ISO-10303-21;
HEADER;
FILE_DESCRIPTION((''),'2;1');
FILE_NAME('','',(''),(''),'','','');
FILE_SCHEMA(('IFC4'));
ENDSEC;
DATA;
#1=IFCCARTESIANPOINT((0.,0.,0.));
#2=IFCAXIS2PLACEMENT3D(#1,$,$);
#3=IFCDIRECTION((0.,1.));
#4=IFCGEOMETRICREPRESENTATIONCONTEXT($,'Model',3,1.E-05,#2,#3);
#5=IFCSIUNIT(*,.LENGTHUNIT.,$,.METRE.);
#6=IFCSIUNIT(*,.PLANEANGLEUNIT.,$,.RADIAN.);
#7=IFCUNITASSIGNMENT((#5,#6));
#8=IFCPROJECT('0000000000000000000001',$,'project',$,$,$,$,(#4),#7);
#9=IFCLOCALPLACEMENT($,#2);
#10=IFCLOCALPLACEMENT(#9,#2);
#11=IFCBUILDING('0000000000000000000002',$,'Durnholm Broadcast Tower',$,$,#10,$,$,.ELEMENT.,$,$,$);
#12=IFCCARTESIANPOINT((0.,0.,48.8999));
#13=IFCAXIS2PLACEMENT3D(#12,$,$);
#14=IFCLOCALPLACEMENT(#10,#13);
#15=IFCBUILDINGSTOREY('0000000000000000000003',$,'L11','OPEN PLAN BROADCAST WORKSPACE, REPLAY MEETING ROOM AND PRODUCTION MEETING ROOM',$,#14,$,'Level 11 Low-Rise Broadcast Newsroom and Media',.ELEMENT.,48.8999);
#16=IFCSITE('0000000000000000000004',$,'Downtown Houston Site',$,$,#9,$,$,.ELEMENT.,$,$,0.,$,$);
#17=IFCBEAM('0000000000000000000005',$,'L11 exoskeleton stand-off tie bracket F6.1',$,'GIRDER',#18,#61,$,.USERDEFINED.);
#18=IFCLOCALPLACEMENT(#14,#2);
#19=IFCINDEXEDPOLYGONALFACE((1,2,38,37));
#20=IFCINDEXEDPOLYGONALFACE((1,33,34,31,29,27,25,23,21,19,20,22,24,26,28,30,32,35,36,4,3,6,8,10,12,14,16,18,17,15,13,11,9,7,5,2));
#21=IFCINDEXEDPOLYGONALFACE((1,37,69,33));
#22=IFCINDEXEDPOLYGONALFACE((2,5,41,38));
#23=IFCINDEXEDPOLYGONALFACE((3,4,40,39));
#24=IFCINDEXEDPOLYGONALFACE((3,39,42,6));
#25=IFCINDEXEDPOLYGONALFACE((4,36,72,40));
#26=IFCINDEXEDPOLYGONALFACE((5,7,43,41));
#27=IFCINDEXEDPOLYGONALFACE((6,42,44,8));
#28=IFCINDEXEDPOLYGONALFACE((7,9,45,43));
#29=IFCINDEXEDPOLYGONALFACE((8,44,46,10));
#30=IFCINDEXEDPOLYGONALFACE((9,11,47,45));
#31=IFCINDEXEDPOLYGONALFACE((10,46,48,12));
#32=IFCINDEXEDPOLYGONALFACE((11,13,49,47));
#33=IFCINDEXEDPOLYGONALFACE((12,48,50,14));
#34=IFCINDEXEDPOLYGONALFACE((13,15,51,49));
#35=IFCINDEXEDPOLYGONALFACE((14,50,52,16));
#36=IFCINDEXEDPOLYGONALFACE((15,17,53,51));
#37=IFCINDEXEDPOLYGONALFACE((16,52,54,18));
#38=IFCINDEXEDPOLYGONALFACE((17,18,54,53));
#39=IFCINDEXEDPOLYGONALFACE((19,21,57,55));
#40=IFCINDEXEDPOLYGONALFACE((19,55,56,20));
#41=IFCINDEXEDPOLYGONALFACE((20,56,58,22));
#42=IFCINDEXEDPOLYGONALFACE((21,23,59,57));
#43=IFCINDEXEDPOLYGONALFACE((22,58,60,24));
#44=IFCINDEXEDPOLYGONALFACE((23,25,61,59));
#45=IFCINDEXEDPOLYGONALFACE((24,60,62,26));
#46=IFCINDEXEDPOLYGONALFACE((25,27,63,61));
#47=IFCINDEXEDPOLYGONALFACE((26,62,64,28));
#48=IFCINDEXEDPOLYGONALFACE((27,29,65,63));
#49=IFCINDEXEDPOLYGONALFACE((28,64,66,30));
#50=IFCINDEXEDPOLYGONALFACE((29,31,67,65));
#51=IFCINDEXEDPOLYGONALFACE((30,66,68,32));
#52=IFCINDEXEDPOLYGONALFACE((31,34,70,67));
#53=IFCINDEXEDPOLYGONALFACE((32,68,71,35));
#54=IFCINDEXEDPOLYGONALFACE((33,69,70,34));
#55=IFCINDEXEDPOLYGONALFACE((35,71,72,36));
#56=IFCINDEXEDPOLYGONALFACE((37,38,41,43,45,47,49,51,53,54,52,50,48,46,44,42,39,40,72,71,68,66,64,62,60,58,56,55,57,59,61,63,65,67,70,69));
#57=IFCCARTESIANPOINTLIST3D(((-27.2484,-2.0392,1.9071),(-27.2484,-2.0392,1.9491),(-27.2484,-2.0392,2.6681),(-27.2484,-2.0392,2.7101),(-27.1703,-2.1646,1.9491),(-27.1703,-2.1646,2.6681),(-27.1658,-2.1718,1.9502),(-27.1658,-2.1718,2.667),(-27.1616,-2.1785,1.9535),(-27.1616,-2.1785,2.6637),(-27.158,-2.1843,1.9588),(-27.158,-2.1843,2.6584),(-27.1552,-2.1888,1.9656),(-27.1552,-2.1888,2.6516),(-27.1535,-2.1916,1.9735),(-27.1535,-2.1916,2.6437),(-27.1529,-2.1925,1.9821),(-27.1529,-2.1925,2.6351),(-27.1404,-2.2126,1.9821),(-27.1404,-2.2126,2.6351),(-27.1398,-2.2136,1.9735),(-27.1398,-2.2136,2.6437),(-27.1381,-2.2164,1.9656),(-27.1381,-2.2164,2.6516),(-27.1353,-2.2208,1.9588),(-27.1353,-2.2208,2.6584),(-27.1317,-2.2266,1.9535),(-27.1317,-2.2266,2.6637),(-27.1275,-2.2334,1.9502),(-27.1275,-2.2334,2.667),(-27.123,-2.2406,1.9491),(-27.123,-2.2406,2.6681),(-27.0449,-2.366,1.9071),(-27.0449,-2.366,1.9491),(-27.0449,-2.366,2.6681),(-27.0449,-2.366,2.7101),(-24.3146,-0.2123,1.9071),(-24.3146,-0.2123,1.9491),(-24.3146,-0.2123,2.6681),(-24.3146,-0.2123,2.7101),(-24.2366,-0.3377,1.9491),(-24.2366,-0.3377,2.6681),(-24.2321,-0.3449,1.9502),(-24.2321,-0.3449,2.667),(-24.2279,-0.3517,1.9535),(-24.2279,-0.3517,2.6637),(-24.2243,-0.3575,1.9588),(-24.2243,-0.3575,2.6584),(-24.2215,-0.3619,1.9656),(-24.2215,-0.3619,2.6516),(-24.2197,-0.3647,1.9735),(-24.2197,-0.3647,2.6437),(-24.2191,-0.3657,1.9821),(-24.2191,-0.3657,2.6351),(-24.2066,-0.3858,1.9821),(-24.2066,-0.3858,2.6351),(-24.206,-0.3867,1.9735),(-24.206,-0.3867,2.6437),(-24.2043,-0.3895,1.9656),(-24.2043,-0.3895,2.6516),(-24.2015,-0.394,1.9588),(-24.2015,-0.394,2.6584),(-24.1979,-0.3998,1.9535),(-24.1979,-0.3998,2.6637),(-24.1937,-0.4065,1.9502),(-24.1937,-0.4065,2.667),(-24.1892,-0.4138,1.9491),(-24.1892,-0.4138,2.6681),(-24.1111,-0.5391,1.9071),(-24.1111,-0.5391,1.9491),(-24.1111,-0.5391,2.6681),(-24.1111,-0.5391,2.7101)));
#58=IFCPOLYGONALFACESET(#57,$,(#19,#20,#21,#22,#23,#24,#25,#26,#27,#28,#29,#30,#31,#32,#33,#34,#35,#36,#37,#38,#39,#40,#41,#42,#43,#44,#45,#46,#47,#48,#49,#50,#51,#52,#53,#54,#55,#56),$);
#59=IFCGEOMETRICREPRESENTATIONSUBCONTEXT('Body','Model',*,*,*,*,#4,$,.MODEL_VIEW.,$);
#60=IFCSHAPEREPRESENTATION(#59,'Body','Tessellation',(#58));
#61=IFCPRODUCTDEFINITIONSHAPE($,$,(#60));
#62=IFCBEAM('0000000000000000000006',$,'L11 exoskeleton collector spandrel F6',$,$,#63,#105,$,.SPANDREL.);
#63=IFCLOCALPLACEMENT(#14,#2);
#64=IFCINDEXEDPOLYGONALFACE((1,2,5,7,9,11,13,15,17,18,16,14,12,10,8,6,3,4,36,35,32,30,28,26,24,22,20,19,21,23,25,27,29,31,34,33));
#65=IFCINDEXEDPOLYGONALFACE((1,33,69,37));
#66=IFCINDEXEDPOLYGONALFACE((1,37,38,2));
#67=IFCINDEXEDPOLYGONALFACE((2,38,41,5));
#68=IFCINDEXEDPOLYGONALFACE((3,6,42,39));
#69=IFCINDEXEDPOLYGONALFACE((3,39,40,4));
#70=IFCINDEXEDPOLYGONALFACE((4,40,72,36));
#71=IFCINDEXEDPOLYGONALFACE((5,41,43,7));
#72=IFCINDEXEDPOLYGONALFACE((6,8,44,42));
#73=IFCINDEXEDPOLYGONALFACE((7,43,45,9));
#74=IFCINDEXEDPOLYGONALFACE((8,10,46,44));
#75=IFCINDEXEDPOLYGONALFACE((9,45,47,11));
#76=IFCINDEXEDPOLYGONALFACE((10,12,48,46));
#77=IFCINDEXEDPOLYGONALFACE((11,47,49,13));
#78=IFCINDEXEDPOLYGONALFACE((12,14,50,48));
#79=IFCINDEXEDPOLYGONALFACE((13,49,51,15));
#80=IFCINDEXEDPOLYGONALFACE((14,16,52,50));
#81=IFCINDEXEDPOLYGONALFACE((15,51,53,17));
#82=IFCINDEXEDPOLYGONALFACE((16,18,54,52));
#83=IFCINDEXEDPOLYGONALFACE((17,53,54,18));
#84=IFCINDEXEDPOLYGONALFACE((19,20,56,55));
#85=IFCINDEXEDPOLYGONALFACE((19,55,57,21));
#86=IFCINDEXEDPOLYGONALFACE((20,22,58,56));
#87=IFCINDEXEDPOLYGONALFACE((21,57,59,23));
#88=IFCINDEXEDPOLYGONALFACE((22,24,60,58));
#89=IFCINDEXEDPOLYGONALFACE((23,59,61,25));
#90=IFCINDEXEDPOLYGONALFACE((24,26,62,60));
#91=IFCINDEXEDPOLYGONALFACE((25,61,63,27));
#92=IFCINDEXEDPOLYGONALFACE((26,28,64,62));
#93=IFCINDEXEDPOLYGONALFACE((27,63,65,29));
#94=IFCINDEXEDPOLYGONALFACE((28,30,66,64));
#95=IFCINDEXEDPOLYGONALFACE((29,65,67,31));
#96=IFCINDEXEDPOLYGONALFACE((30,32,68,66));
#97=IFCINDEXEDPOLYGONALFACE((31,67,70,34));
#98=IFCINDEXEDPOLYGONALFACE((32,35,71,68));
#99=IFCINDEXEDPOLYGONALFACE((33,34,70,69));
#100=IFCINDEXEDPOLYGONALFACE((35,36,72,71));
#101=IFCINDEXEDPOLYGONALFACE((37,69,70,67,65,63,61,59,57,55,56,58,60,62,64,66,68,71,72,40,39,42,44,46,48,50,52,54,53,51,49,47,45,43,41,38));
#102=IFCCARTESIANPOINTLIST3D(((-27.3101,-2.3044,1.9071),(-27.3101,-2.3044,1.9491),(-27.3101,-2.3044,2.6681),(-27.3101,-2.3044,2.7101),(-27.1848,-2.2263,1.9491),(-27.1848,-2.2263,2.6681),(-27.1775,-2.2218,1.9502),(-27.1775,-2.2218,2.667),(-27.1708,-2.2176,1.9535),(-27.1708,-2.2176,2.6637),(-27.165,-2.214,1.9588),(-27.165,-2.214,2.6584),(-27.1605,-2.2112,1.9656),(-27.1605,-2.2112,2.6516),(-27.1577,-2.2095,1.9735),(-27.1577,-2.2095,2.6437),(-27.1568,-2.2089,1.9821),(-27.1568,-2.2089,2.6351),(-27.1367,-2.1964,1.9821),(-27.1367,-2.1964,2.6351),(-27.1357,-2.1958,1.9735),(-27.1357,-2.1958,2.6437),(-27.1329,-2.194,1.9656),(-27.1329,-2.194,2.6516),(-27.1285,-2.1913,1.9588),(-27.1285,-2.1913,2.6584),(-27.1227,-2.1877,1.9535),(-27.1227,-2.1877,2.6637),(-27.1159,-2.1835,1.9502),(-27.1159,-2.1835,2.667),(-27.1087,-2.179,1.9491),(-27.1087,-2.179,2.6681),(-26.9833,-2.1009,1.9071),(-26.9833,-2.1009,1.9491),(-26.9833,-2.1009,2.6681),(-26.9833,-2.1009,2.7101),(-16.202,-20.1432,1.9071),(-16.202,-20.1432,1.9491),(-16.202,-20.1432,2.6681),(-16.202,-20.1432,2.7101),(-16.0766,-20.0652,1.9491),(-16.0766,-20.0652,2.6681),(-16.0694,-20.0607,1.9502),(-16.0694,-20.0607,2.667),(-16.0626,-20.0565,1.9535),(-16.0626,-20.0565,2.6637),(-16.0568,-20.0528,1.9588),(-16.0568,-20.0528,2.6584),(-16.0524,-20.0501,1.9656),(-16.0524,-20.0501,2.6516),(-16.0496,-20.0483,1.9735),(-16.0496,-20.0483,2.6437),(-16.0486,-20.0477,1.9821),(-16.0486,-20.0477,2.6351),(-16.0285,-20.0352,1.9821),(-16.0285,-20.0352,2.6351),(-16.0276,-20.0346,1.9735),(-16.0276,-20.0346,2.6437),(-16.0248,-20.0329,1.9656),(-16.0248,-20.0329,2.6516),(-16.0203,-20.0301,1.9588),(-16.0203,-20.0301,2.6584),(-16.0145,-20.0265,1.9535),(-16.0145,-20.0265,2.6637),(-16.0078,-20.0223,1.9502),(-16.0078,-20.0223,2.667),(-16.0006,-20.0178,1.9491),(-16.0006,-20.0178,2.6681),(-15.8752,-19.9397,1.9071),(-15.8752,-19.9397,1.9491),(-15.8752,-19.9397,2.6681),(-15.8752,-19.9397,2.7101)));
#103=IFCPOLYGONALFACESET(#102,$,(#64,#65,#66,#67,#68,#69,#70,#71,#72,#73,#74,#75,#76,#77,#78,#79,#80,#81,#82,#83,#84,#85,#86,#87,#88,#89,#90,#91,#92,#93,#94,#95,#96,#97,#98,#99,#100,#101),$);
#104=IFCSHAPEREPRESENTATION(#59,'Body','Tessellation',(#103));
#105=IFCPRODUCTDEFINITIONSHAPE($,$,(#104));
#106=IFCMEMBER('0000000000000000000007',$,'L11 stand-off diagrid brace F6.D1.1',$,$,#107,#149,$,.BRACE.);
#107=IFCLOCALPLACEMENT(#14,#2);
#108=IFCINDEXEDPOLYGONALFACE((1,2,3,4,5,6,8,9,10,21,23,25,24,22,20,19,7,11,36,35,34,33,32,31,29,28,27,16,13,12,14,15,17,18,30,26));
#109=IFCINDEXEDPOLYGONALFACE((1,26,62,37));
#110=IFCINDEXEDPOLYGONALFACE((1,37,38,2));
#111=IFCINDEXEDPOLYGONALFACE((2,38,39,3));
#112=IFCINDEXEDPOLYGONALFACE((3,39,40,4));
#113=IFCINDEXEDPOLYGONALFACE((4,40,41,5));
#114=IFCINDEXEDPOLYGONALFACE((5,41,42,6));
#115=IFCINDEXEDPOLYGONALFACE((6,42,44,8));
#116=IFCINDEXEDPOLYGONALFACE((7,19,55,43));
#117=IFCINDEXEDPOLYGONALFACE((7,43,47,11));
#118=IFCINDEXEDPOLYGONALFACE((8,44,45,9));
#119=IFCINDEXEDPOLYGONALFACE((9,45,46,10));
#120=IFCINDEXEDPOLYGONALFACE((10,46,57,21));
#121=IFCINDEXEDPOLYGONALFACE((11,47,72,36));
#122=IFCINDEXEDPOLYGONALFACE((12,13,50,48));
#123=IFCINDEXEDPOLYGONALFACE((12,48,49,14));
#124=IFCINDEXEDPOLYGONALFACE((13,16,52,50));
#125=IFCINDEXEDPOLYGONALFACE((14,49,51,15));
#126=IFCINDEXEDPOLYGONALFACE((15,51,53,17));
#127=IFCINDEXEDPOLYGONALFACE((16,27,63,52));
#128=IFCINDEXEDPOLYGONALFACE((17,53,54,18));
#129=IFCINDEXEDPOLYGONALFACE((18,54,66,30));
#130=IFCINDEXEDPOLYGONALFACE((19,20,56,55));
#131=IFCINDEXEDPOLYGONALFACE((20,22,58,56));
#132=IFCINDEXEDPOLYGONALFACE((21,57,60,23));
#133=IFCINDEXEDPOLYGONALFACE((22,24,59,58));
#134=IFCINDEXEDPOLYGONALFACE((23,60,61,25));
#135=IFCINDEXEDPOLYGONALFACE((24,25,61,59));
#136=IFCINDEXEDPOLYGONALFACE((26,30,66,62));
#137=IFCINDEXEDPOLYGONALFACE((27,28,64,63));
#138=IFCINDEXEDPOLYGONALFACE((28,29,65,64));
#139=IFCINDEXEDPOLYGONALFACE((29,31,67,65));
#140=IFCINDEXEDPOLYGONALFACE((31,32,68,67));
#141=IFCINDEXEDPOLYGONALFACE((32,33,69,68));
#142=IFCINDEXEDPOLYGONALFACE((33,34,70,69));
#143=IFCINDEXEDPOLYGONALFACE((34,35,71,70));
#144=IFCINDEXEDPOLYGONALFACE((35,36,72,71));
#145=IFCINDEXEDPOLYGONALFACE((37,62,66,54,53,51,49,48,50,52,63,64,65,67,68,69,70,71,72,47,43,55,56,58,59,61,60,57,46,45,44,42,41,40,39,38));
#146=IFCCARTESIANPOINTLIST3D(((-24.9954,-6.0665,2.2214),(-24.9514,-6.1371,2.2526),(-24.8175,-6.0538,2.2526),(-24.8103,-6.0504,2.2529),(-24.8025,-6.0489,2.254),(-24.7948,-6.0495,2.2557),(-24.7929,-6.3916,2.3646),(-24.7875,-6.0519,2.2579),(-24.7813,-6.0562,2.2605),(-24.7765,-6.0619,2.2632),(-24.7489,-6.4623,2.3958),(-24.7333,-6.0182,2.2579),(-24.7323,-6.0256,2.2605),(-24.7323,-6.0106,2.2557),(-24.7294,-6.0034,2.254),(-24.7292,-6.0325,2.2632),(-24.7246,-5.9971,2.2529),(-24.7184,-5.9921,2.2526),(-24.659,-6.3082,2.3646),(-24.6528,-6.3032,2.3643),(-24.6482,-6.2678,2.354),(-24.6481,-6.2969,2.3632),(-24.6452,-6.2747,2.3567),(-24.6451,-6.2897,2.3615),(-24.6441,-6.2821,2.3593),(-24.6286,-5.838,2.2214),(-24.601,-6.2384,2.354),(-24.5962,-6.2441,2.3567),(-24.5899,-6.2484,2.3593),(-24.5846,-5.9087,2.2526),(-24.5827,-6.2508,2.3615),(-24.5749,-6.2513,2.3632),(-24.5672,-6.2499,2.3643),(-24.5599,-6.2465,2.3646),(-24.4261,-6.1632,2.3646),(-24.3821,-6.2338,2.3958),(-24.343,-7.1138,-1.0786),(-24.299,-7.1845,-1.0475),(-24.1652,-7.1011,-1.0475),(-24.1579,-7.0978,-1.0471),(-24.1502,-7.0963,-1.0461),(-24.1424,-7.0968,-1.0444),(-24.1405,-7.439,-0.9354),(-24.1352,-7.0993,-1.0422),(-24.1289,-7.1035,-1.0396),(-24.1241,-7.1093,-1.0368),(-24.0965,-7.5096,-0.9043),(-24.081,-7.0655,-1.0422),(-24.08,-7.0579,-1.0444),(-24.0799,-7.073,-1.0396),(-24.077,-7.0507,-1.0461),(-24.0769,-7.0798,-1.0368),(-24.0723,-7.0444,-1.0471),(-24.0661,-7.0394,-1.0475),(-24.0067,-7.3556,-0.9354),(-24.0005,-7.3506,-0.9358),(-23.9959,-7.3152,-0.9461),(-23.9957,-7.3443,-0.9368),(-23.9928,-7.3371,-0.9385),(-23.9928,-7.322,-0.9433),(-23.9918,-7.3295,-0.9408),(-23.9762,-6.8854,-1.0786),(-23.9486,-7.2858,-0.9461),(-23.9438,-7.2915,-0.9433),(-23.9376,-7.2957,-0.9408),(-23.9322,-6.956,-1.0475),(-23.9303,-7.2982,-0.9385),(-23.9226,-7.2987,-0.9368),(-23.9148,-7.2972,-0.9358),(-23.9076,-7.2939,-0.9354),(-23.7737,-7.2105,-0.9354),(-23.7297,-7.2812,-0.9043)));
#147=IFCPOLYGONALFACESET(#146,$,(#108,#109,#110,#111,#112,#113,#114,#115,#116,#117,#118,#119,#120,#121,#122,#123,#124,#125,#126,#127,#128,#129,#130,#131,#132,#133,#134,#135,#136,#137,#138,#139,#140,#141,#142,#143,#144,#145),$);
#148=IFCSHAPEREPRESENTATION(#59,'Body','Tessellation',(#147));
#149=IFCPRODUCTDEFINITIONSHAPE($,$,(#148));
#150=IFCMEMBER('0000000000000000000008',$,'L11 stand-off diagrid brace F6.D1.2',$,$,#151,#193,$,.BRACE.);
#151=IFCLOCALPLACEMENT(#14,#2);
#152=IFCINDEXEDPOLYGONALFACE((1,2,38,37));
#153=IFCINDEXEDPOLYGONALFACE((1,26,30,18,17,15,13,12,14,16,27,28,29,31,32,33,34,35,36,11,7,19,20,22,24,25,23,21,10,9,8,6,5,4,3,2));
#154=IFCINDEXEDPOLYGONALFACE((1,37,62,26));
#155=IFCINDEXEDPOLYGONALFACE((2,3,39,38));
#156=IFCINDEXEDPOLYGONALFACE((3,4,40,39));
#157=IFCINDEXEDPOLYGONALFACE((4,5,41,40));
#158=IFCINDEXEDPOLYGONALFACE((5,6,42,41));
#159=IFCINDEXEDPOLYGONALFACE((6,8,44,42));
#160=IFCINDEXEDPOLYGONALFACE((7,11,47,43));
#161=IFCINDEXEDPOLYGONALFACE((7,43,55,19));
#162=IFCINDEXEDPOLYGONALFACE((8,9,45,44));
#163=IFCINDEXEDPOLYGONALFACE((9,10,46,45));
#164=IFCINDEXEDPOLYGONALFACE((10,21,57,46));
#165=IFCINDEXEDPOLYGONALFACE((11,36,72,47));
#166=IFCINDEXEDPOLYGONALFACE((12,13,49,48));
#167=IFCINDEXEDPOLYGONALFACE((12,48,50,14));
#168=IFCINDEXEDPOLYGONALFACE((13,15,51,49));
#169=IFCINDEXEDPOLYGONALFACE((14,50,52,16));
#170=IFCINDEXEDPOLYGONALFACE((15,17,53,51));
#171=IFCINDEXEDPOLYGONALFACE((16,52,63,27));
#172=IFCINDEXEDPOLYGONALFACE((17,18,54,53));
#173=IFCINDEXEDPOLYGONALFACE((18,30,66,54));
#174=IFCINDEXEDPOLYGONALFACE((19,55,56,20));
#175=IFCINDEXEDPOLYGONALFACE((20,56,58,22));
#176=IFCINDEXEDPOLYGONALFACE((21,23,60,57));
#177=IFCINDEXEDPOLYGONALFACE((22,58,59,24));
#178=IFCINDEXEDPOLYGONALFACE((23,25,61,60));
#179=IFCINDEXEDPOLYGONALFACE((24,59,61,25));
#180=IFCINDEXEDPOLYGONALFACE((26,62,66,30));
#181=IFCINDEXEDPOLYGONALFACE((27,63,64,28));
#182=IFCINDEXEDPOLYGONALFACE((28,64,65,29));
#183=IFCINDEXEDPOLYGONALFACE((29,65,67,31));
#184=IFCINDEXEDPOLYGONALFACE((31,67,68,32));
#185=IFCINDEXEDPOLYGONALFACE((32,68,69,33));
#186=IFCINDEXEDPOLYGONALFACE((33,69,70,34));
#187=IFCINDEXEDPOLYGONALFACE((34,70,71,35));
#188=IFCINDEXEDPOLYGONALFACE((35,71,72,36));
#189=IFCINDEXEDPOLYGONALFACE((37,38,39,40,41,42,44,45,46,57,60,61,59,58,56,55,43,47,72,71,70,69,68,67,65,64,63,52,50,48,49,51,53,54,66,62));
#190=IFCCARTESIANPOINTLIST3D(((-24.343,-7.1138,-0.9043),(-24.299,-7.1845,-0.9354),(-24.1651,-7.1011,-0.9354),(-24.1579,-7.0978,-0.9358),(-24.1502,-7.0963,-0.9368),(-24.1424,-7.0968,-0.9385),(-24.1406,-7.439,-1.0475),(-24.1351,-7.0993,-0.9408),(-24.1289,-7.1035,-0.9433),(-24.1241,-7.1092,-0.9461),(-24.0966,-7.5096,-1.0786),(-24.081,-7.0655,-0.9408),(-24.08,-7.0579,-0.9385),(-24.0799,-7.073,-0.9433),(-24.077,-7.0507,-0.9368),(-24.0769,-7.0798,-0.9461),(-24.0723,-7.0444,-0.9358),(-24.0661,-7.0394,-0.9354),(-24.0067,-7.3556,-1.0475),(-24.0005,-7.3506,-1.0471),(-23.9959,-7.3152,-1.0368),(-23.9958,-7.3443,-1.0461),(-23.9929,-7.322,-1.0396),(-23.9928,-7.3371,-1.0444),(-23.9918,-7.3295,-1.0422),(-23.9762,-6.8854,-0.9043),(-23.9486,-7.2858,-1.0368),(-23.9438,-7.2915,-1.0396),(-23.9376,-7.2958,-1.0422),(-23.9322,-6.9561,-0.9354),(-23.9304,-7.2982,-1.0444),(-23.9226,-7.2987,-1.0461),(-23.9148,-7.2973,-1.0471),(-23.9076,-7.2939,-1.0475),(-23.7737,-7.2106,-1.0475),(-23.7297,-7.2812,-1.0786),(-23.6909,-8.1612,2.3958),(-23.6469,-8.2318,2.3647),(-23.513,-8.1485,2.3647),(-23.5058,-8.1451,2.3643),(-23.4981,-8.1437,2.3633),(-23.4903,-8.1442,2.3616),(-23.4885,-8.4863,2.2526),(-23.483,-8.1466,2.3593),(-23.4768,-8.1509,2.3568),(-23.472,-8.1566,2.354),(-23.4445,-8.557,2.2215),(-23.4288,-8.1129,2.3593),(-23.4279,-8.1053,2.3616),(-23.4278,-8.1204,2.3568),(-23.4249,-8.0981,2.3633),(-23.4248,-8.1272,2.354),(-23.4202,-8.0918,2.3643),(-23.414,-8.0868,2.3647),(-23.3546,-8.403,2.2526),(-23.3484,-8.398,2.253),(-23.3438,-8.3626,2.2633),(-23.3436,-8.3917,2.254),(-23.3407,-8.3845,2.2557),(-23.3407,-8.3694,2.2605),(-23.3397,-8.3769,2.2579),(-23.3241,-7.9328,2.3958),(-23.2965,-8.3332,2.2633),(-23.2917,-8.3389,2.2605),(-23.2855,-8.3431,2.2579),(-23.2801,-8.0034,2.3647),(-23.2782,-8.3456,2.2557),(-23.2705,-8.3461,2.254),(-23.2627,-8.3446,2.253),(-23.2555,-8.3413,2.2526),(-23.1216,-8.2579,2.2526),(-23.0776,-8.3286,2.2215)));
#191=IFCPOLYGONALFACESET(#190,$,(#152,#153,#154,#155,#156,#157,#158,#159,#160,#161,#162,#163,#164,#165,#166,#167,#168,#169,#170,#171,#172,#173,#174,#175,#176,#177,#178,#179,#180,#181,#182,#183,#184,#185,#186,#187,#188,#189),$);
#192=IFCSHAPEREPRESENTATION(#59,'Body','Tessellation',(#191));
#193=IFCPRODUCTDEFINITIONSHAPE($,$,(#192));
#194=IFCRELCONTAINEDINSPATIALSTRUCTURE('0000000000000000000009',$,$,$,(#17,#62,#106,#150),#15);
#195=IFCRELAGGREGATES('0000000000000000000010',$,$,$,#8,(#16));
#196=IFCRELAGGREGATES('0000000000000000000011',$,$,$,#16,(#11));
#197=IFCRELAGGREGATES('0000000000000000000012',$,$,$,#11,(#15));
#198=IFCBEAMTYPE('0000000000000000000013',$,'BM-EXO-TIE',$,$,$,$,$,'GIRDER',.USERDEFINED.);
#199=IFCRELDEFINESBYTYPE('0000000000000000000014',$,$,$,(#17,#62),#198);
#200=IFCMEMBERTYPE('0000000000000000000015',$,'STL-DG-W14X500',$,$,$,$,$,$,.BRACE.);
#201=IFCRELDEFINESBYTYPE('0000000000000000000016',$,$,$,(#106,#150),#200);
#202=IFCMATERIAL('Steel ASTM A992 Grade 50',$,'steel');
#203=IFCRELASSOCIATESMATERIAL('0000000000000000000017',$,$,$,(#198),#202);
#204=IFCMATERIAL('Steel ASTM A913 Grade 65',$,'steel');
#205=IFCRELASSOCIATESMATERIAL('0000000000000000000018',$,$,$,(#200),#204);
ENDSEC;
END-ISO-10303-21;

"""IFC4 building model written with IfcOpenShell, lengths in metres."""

from ifc_helpers import new_model, si_unit, direction, frame, origin, origin_2d, place, context, subcontext, project, spatial, i_section, extrude, source, transform, mapped, material, material_profile, profile_set, type_object, type_shapes, element, save


model = new_model("IFC4")

# Units and contexts
model_context = context("Model", 3, precision=1e-05, world=origin(), true_north=direction((0.0, 1.0)))
body_context = subcontext(model_context, "Body", "Model", "MODEL_VIEW")
ifc_project = project(units=[si_unit("LENGTHUNIT", "METRE"), si_unit("PLANEANGLEUNIT", "RADIAN")], contexts=[model_context])

# Site, building, storey
site_placement = place(None, origin())
site = spatial("IfcSite", under=ifc_project, at=site_placement, Name="Downtown Houston Site", CompositionType="ELEMENT", RefElevation=0.0)
building_placement = place(site_placement, origin())
building = spatial("IfcBuilding", under=site, at=building_placement, Name="Durnholm Broadcast Tower", CompositionType="ELEMENT")
storey_placement = place(building_placement, frame((0.0, 0.0, 48.8999)))
storey = spatial("IfcBuildingStorey", under=building, at=storey_placement, Name="L11", Description="OPEN PLAN BROADCAST WORKSPACE, REPLAY MEETING ROOM AND PRODUCTION MEETING ROOM", LongName="Level 11 Low-Rise Broadcast Newsroom and Media", CompositionType="ELEMENT", Elevation=48.8999)

# Beams
ifc_material_1 = material(Name="Steel ASTM A992 Grade 50", Category="steel")
ifc_material_profile_1 = material_profile(ifc_material_1, i_section(OverallWidth=0.385, OverallDepth=0.803, WebThickness=0.0237, FlangeThickness=0.042, FilletRadius=0.033, at=origin_2d()), Name="W30X261")
ifc_profile_set_1 = profile_set([ifc_material_profile_1], Name="Steel ASTM A992 Grade 50")
beam_type = type_object("IfcBeamType", Name="BM-EXO-TIE", ElementType="GIRDER", PredefinedType="USERDEFINED", material=ifc_profile_set_1)
shared_shape_1 = source(origin(), body_context, "Body", "SweptSolid", [
    extrude(i_section(OverallWidth=0.385, OverallDepth=0.803, WebThickness=0.0237, FlangeThickness=0.042, FilletRadius=0.033, at=origin_2d()), origin(), (0.0, 0.0, 1.0), 3.4561),
])
beam_1_placement = place(storey_placement, frame((-24.2129, -0.3757, 2.3086), z_axis=(-0.848874, -0.528595, 0.0), x_axis=(0.528595, -0.848874, 0.0)))
element("IfcBeam", 1, at=beam_1_placement, inside=storey, type_object=beam_type, Name="L11 exoskeleton stand-off tie bracket F6.1", ObjectType="GIRDER", PredefinedType="USERDEFINED", context=body_context, shape_type="MappedRepresentation", body=[
    mapped(shared_shape_1, transform((0.0, 0.0, 0.0), x_axis=(1.0, 0.0, 0.0), y_axis=(0.0, 1.0, 0.0), z_axis=(0.0, 0.0, 1.0), scale=1.0)),
])
shared_shape_2 = source(origin(), body_context, "Body", "SweptSolid", [
    extrude(i_section(OverallWidth=0.385, OverallDepth=0.803, WebThickness=0.0237, FlangeThickness=0.042, FilletRadius=0.033, at=origin_2d()), origin(), (0.0, 0.0, 1.0), 21.0146),
])
type_shapes(beam_type, [shared_shape_1, shared_shape_2])
beam_2_placement = place(storey_placement, frame((-27.1467, -2.2026, 2.3086), z_axis=(0.528591, -0.848877, 0.0), x_axis=(0.848877, 0.528591, 0.0)))
element("IfcBeam", 2, at=beam_2_placement, inside=storey, type_object=beam_type, Name="L11 exoskeleton collector spandrel F6", PredefinedType="SPANDREL", context=body_context, shape_type="MappedRepresentation", body=[
    mapped(shared_shape_2, transform((0.0, 0.0, 0.0), x_axis=(1.0, 0.0, 0.0), y_axis=(0.0, 1.0, 0.0), z_axis=(0.0, 0.0, 1.0), scale=1.0)),
])

# Members
ifc_material_2 = material(Name="Steel ASTM A913 Grade 65", Category="steel")
ifc_material_profile_2 = material_profile(ifc_material_2, i_section(OverallWidth=0.4321, OverallDepth=0.4978, WebThickness=0.0557, FlangeThickness=0.0889, FilletRadius=0.0305, at=origin_2d()), Name="W14X500")
ifc_profile_set_2 = profile_set([ifc_material_profile_2], Name="Steel ASTM A913 Grade 65")
member_type_1 = type_object("IfcMemberType", Name="STL-DG-W14X500", PredefinedType="BRACE", material=ifc_profile_set_2)
shared_shape_3 = source(origin(), body_context, "Body", "SweptSolid", [
    extrude(i_section(OverallWidth=0.4321, OverallDepth=0.4978, WebThickness=0.0557, FlangeThickness=0.0889, FilletRadius=0.0305, at=origin_2d()), origin(), (0.0, 0.0, 1.0), 3.5232),
])
type_shapes(member_type_1, [shared_shape_3])
for number, where, z_axis, x_axis, name in (
    (3, (-24.0364, -7.1975, -0.9915), (-0.185157, 0.297277, 0.936666), (-0.84882, -0.528682, 0.0), "L11 stand-off diagrid brace F6.D1.1"),
    (4, (-24.0364, -7.1975, -0.9915), (0.18509, -0.297281, 0.936678), (0.848909, 0.52854, 0.0), "L11 stand-off diagrid brace F6.D1.2"),
):
    element("IfcMember", number, at=place(storey_placement, frame(where, z_axis=z_axis, x_axis=x_axis)), inside=storey, type_object=member_type_1, Name=name, PredefinedType="BRACE", context=body_context, shape_type="MappedRepresentation", body=[
        mapped(shared_shape_3, transform((0.0, 0.0, 0.0), x_axis=(1.0, 0.0, 0.0), y_axis=(0.0, 1.0, 0.0), z_axis=(0.0, 0.0, 1.0), scale=1.0)),
    ])

save(model, "model.ifc")
